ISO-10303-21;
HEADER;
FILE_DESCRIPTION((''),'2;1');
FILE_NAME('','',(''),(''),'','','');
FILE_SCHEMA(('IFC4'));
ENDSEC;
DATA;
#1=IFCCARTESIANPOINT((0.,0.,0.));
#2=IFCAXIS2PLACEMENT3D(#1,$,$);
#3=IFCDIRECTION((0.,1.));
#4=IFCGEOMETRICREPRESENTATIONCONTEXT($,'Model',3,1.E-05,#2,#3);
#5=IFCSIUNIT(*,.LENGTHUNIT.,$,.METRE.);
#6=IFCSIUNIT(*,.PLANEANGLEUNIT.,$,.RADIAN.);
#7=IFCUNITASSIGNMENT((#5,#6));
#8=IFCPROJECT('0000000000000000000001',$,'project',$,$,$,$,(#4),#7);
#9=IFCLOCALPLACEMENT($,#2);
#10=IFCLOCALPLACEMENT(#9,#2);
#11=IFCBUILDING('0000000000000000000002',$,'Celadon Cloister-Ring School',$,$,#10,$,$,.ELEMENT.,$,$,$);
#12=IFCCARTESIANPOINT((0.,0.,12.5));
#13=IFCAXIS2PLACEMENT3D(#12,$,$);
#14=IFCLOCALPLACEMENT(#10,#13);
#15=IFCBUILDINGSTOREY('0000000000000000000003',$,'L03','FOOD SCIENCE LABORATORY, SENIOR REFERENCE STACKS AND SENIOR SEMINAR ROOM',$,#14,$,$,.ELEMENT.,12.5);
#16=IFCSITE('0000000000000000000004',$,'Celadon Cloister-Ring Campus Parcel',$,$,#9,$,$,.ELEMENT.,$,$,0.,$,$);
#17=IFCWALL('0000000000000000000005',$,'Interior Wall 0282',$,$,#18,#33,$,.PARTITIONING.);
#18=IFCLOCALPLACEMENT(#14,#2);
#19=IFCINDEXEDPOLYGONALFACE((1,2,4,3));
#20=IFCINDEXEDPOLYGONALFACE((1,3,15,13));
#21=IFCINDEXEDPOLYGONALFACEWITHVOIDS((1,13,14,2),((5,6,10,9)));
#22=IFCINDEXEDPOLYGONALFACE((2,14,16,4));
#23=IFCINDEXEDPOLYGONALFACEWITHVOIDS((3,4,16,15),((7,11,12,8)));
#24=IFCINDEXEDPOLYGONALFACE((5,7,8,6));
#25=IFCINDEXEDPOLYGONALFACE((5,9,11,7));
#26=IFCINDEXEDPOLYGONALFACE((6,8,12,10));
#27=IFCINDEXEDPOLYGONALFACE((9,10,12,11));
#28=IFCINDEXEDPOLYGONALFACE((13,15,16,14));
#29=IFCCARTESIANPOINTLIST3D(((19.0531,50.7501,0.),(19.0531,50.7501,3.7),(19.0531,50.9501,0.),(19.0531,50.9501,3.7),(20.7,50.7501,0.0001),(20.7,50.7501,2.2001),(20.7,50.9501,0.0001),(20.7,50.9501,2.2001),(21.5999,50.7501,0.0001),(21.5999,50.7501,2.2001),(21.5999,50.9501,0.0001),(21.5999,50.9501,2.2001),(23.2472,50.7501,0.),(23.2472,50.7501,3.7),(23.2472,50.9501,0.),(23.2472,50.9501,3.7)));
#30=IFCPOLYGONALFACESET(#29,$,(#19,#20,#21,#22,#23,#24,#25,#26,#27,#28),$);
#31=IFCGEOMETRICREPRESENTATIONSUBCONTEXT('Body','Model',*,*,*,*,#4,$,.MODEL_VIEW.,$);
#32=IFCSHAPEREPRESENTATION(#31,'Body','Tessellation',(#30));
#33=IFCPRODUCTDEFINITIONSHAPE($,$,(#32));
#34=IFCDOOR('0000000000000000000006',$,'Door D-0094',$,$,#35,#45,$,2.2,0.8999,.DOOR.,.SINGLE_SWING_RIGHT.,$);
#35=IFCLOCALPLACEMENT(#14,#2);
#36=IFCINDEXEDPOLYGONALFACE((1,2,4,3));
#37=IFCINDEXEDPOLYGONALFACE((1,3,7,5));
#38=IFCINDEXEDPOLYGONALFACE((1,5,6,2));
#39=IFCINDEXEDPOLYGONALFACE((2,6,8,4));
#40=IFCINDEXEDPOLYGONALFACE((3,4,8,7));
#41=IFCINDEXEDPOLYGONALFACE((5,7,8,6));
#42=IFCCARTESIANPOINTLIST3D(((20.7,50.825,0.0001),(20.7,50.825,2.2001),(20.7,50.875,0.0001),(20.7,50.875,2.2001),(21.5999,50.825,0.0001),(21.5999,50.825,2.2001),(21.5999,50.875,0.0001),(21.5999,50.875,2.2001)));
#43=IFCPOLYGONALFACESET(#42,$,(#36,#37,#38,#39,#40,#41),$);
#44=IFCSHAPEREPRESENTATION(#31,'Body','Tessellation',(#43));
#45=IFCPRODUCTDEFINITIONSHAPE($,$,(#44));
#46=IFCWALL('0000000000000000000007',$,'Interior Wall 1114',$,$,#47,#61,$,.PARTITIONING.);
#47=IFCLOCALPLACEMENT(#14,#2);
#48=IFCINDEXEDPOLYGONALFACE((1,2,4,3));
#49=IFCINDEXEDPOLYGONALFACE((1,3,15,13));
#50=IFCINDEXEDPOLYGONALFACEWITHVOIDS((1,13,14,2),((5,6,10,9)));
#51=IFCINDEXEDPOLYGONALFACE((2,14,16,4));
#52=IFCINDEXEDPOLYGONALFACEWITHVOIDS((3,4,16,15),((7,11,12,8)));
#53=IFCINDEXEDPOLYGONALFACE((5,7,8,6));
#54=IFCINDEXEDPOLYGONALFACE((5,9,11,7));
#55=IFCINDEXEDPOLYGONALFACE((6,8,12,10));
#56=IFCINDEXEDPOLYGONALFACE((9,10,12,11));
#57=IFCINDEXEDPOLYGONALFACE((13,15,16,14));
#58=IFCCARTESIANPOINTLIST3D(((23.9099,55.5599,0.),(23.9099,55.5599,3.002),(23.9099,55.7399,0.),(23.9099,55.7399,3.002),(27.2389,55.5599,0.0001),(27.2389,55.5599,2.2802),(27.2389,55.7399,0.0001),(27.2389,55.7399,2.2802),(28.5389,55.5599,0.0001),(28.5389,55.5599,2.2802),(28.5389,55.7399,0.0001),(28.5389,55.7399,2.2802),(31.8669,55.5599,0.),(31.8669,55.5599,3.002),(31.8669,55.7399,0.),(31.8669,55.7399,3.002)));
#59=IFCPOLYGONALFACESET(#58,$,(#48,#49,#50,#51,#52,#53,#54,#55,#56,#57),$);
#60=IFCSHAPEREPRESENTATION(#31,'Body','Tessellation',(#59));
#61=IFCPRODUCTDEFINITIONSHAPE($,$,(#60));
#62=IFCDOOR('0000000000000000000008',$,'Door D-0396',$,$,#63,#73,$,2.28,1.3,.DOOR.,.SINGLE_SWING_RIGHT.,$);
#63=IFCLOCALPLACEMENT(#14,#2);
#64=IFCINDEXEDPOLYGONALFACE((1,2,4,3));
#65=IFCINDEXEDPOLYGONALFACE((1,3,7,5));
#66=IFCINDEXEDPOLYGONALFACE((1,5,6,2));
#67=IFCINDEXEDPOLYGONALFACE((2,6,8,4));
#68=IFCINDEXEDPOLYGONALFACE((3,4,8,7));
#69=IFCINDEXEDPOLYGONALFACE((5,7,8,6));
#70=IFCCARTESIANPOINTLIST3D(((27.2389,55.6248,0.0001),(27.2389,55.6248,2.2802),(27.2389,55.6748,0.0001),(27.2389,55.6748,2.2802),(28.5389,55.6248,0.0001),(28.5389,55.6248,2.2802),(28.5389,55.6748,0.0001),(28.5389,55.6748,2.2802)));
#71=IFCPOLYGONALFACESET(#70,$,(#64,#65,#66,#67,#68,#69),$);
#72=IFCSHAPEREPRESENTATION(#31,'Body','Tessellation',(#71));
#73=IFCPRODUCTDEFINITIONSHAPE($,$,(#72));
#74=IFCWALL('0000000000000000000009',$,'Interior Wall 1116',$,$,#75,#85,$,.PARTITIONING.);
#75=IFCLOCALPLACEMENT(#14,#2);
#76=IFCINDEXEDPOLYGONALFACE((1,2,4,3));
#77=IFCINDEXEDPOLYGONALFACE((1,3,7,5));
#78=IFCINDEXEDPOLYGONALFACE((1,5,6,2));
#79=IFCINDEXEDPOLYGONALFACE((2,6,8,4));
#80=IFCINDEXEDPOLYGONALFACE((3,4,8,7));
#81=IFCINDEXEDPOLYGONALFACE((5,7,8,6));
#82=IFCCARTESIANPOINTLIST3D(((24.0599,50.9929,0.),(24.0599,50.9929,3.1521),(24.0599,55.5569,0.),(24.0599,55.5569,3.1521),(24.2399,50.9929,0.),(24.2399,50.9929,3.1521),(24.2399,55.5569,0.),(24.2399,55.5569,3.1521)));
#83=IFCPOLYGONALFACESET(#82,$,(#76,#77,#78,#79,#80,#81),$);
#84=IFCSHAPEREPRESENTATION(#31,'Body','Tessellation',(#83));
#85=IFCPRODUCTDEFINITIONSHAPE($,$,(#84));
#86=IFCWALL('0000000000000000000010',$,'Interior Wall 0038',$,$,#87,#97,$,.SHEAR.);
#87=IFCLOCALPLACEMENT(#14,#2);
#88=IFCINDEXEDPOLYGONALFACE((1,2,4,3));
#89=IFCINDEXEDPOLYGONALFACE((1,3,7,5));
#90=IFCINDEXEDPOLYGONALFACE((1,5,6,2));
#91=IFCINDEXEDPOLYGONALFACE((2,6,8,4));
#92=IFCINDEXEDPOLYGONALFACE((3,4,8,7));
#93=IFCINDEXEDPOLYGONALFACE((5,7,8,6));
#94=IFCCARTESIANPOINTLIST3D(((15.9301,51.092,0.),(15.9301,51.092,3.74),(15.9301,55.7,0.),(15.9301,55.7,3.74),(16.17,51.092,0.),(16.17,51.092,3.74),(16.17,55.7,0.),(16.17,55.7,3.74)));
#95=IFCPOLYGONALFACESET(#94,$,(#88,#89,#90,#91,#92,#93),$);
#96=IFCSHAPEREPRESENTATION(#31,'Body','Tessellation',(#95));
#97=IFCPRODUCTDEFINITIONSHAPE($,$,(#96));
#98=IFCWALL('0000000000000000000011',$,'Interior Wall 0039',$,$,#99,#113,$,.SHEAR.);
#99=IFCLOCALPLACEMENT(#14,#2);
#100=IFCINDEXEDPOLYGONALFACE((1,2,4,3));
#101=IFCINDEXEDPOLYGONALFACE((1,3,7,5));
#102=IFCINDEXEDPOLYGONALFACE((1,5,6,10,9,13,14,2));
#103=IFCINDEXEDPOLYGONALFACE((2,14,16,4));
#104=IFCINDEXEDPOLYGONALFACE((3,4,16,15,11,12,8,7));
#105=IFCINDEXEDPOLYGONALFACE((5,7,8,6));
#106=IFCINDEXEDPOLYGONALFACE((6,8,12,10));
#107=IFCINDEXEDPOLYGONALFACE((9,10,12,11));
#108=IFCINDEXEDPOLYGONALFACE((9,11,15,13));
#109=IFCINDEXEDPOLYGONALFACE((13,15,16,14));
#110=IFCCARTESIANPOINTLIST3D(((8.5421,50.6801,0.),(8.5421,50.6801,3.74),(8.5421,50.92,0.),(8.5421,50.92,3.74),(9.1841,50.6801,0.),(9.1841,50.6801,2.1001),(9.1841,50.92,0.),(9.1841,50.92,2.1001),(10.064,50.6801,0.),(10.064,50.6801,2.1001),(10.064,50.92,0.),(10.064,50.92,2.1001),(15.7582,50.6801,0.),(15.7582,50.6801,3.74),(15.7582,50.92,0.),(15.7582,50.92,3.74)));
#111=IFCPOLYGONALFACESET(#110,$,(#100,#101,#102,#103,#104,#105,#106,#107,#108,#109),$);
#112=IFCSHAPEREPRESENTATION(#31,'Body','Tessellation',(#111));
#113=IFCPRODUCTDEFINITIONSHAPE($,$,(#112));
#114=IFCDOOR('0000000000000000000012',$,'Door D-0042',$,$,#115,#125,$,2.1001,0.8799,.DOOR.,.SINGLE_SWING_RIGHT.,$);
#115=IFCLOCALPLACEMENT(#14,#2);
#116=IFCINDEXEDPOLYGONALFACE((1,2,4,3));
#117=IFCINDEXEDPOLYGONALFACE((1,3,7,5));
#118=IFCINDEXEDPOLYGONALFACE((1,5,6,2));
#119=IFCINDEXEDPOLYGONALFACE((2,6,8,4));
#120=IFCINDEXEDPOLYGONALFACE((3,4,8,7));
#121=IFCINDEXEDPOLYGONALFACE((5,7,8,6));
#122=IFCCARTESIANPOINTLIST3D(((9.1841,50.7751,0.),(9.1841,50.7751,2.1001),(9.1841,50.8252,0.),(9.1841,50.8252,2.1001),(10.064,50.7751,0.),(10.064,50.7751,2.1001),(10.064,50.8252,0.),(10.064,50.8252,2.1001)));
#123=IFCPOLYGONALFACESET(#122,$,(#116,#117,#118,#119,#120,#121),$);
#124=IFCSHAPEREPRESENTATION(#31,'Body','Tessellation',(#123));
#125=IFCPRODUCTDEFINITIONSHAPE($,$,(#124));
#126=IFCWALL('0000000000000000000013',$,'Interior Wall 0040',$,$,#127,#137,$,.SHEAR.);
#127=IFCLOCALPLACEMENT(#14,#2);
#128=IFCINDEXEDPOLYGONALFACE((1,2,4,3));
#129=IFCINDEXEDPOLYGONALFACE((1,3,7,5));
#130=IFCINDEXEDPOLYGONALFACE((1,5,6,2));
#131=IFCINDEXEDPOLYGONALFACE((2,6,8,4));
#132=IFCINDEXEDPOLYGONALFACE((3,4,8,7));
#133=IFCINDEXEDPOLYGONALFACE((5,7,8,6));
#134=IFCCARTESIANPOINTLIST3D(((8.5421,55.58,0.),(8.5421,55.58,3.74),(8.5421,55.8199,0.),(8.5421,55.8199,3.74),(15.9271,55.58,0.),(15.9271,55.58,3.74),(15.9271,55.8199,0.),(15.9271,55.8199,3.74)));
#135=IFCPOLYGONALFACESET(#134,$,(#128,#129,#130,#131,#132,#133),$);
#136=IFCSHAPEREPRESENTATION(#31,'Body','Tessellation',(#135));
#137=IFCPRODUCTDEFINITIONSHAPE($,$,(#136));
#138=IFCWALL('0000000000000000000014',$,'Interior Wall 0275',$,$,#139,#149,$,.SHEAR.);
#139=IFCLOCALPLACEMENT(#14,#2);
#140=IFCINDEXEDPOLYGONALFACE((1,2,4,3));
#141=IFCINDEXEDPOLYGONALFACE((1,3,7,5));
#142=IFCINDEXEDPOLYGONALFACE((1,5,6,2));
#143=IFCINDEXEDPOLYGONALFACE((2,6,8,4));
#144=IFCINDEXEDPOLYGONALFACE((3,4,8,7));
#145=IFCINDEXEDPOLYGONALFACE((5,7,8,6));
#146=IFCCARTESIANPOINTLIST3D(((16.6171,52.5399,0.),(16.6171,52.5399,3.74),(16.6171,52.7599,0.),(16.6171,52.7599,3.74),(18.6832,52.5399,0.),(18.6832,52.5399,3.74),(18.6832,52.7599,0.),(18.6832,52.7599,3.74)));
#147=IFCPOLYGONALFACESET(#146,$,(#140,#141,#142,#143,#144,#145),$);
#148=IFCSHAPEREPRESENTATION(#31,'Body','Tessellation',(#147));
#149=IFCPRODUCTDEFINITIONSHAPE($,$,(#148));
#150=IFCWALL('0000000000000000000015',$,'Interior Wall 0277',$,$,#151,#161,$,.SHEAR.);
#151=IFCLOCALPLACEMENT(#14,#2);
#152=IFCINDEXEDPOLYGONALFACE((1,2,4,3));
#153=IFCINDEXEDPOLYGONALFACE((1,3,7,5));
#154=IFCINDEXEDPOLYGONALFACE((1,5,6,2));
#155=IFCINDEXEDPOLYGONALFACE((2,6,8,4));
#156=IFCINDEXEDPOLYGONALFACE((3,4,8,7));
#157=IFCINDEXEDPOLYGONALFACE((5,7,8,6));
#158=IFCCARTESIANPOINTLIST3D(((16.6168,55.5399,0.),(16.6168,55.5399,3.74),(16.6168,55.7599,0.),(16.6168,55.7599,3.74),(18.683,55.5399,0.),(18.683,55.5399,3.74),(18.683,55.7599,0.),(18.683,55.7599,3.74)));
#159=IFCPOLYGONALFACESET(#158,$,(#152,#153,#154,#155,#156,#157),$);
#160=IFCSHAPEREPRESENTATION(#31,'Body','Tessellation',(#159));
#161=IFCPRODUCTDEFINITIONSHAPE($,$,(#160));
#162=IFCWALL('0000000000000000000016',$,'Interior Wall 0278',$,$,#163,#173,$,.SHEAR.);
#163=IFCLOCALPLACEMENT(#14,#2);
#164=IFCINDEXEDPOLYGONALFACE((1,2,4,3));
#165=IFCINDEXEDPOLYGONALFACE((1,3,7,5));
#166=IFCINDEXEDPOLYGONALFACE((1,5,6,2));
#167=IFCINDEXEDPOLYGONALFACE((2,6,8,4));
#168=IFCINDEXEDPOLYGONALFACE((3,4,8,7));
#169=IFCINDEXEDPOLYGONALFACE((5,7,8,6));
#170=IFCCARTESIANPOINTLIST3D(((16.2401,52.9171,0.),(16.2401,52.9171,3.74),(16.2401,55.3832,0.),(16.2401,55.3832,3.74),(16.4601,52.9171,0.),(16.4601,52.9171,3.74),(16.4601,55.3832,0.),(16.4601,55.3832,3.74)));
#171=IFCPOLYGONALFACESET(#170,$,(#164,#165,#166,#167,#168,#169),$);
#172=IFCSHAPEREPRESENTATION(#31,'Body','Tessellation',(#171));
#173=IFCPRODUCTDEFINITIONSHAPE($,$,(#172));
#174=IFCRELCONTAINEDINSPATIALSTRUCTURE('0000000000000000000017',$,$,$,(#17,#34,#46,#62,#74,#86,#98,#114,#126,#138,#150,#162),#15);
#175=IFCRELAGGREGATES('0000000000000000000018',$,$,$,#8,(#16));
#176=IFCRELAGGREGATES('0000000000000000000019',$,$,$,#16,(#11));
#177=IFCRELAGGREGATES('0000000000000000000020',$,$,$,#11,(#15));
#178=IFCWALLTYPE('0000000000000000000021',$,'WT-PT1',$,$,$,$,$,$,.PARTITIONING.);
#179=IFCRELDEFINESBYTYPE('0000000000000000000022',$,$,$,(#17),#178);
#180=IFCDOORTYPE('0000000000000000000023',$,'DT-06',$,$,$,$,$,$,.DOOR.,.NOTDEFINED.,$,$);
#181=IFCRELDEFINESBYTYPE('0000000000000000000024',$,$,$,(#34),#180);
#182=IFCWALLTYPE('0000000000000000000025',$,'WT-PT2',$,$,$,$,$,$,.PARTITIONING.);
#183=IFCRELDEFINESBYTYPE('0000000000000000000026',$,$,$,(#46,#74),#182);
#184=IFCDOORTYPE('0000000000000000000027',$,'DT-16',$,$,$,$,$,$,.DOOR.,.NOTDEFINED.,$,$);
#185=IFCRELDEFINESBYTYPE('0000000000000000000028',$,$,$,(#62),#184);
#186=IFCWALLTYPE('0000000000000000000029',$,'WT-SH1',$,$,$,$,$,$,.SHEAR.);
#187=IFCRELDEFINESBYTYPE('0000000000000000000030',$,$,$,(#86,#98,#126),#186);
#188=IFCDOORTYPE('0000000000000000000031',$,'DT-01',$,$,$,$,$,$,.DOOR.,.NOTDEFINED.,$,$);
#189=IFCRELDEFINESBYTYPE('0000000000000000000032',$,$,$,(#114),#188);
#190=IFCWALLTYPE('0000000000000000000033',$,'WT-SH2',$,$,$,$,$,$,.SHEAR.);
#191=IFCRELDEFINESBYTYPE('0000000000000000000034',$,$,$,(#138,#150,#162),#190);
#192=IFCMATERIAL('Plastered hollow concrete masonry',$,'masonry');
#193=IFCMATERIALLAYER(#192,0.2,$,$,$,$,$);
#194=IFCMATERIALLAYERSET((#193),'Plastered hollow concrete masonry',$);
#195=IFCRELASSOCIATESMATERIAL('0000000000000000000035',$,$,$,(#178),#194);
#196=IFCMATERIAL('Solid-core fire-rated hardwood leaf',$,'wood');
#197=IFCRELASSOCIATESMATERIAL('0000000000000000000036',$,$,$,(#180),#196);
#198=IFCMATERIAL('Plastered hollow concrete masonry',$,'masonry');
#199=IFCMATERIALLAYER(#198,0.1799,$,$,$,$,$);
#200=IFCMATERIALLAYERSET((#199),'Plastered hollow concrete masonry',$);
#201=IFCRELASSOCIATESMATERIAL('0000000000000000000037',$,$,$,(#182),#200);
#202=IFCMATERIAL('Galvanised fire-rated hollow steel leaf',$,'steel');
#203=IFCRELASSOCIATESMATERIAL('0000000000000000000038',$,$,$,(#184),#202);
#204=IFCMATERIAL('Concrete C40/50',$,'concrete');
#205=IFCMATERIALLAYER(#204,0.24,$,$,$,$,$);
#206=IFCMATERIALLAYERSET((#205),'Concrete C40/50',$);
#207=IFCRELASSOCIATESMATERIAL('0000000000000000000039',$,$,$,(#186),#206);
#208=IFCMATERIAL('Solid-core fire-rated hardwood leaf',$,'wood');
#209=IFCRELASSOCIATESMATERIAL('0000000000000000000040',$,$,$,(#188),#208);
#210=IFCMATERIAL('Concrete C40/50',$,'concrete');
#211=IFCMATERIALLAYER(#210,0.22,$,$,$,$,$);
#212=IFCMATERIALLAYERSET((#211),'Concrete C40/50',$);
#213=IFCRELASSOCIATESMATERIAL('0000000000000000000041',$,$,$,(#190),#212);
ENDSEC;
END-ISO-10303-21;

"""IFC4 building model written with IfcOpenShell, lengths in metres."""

from ifc_helpers import new_model, si_unit, direction, frame, frame_2d, origin, place, context, subcontext, project, spatial, rectangle, extrude, material, layer, layer_set, type_object, element, fill, save


model = new_model("IFC4")

# Units and contexts
model_context = context("Model", 3, precision=1e-05, world=origin(), true_north=direction((0.0, 1.0)))
body_context = subcontext(model_context, "Body", "Model", "MODEL_VIEW")
ifc_project = project(units=[si_unit("LENGTHUNIT", "METRE"), si_unit("PLANEANGLEUNIT", "RADIAN")], contexts=[model_context])

# Site, building, storey
site_placement = place(None, origin())
site = spatial("IfcSite", under=ifc_project, at=site_placement, Name="Celadon Cloister-Ring Campus Parcel", CompositionType="ELEMENT", RefElevation=0.0)
building_placement = place(site_placement, origin())
building = spatial("IfcBuilding", under=site, at=building_placement, Name="Celadon Cloister-Ring School", CompositionType="ELEMENT")
storey_placement = place(building_placement, frame((0.0, 0.0, 12.5)))
storey = spatial("IfcBuildingStorey", under=building, at=storey_placement, Name="L03", Description="FOOD SCIENCE LABORATORY, SENIOR REFERENCE STACKS AND SENIOR SEMINAR ROOM", CompositionType="ELEMENT", Elevation=12.5)

# Shared definitions
ifc_material_1 = material(Name="Plastered hollow concrete masonry", Category="masonry")
ifc_layer_1 = layer(ifc_material_1, 0.2)
ifc_layer_set_1 = layer_set([ifc_layer_1], Name="Plastered hollow concrete masonry")
wall_type_1 = type_object("IfcWallType", Name="WT-PT1", PredefinedType="PARTITIONING", material=ifc_layer_set_1)

# Walls, openings, doors
wall_1_placement = place(storey_placement, frame((19.053, 50.8501, 0.0), z_axis=(0.0, 0.0, 1.0), x_axis=(1.0, 0.0, 0.0)))
wall_1 = element("IfcWall", 1, at=wall_1_placement, inside=storey, type_object=wall_type_1, Name="Interior Wall 0282", PredefinedType="PARTITIONING", context=body_context, shape_type="SweptSolid", body=[
    extrude(rectangle(XDim=4.1941, YDim=0.2, at=frame_2d((2.0972, 0.0))), origin(), (0.0, 0.0, 1.0), 3.7),
])
opening_1_placement = place(wall_1_placement, frame((1.647, 0.0, 0.0)))
opening_1 = element("IfcOpeningElement", 2, at=opening_1_placement, cuts=wall_1, PredefinedType="OPENING", context=body_context, shape_type="SweptSolid", body=[
    extrude(rectangle(XDim=0.8999, YDim=2.2, at=frame_2d((0.45, 1.1001))), frame((0.0, 0.1099, 0.0), z_axis=(0.0, -1.0, 0.0), x_axis=(1.0, 0.0, 0.0)), (0.0, 0.0, 1.0), 0.22),
])
ifc_material_2 = material(Name="Solid-core fire-rated hardwood leaf", Category="wood")
door_type_1 = type_object("IfcDoorType", Name="DT-06", OperationType="NOTDEFINED", PredefinedType="DOOR", material=ifc_material_2)
door_1_placement = place(opening_1_placement, origin())
door_1 = element("IfcDoor", 3, at=door_1_placement, inside=storey, type_object=door_type_1, Name="Door D-0094", OperationType="SINGLE_SWING_RIGHT", OverallHeight=2.2, OverallWidth=0.8999, PredefinedType="DOOR", context=body_context, shape_type="SweptSolid", body=[
    extrude(rectangle(XDim=0.8999, YDim=2.2, at=frame_2d((0.45, 1.1001))), frame((0.0, 0.0249, 0.0), z_axis=(0.0, -1.0, 0.0), x_axis=(1.0, 0.0, 0.0)), (0.0, 0.0, 1.0), 0.05),
])
fill(opening_1, door_1)
ifc_material_3 = material(Name="Plastered hollow concrete masonry", Category="masonry")
ifc_layer_2 = layer(ifc_material_3, 0.1799)
ifc_layer_set_2 = layer_set([ifc_layer_2], Name="Plastered hollow concrete masonry")
wall_type_2 = type_object("IfcWallType", Name="WT-PT2", PredefinedType="PARTITIONING", material=ifc_layer_set_2)
wall_2_placement = place(storey_placement, frame((23.9099, 55.6499, 0.0), z_axis=(0.0, 0.0, 1.0), x_axis=(1.0, 0.0, 0.0)))
wall_2 = element("IfcWall", 4, at=wall_2_placement, inside=storey, type_object=wall_type_2, Name="Interior Wall 1114", PredefinedType="PARTITIONING", context=body_context, shape_type="SweptSolid", body=[
    extrude(rectangle(XDim=7.957, YDim=0.1799, at=frame_2d((3.9785, 0.0))), origin(), (0.0, 0.0, 1.0), 3.002),
])
opening_2_placement = place(wall_2_placement, frame((3.3291, 0.0, 0.0)))
opening_2 = element("IfcOpeningElement", 5, at=opening_2_placement, cuts=wall_2, PredefinedType="OPENING", context=body_context, shape_type="SweptSolid", body=[
    extrude(rectangle(XDim=1.3, YDim=2.28, at=frame_2d((0.6499, 1.1401))), frame((0.0, 0.1001, 0.0), z_axis=(0.0, -1.0, 0.0), x_axis=(1.0, 0.0, 0.0)), (0.0, 0.0, 1.0), 0.2),
])
ifc_material_4 = material(Name="Galvanised fire-rated hollow steel leaf", Category="steel")
door_type_2 = type_object("IfcDoorType", Name="DT-16", OperationType="NOTDEFINED", PredefinedType="DOOR", material=ifc_material_4)
door_2_placement = place(opening_2_placement, origin())
door_2 = element("IfcDoor", 6, at=door_2_placement, inside=storey, type_object=door_type_2, Name="Door D-0396", OperationType="SINGLE_SWING_RIGHT", OverallHeight=2.28, OverallWidth=1.3, PredefinedType="DOOR", context=body_context, shape_type="SweptSolid", body=[
    extrude(rectangle(XDim=1.3, YDim=2.28, at=frame_2d((0.6499, 1.1401))), frame((0.0, 0.0249, 0.0), z_axis=(0.0, -1.0, 0.0), x_axis=(1.0, 0.0, 0.0)), (0.0, 0.0, 1.0), 0.05),
])
fill(opening_2, door_2)

# Walls
wall_3_placement = place(storey_placement, frame((24.1499, 50.9929, 0.0), z_axis=(0.0, 0.0, 1.0), x_axis=(0.0, 1.0, 0.0)))
element("IfcWall", 7, at=wall_3_placement, inside=storey, type_object=wall_type_2, Name="Interior Wall 1116", PredefinedType="PARTITIONING", context=body_context, shape_type="SweptSolid", body=[
    extrude(rectangle(XDim=4.564, YDim=0.1799, at=frame_2d((2.282, 0.0))), origin(), (0.0, 0.0, 1.0), 3.1521),
])
ifc_material_5 = material(Name="Concrete C40/50", Category="concrete")
ifc_layer_3 = layer(ifc_material_5, 0.24)
ifc_layer_set_3 = layer_set([ifc_layer_3], Name="Concrete C40/50")
wall_type_3 = type_object("IfcWallType", Name="WT-SH1", PredefinedType="SHEAR", material=ifc_layer_set_3)
wall_4_placement = place(storey_placement, frame((16.05, 55.7, 0.0), z_axis=(0.0, 0.0, 1.0), x_axis=(0.0, -1.0, 0.0)))
element("IfcWall", 8, at=wall_4_placement, inside=storey, type_object=wall_type_3, Name="Interior Wall 0038", PredefinedType="SHEAR", context=body_context, shape_type="SweptSolid", body=[
    extrude(rectangle(XDim=4.6079, YDim=0.24, at=frame_2d((2.304, 0.0))), origin(), (0.0, 0.0, 1.0), 3.74),
])

# Wall, opening, door
wall_5_placement = place(storey_placement, frame((15.7581, 50.8, 0.0), z_axis=(0.0, 0.0, 1.0), x_axis=(-1.0, 0.0, 0.0)))
wall_5 = element("IfcWall", 9, at=wall_5_placement, inside=storey, type_object=wall_type_3, Name="Interior Wall 0039", PredefinedType="SHEAR", context=body_context, shape_type="SweptSolid", body=[
    extrude(rectangle(XDim=7.2161, YDim=0.24, at=frame_2d((3.6079, 0.0))), origin(), (0.0, 0.0, 1.0), 3.74),
])
opening_3_placement = place(wall_5_placement, frame((5.6941, 0.0, 0.0)))
opening_3 = element("IfcOpeningElement", 10, at=opening_3_placement, cuts=wall_5, PredefinedType="OPENING", context=body_context, shape_type="SweptSolid", body=[
    extrude(rectangle(XDim=0.8799, YDim=2.1001, at=frame_2d((0.4399, 1.05))), frame((0.0, 0.1299, 0.0), z_axis=(0.0, -1.0, 0.0), x_axis=(1.0, 0.0, 0.0)), (0.0, 0.0, 1.0), 0.26),
])
ifc_material_6 = material(Name="Solid-core fire-rated hardwood leaf", Category="wood")
door_type_3 = type_object("IfcDoorType", Name="DT-01", OperationType="NOTDEFINED", PredefinedType="DOOR", material=ifc_material_6)
door_3_placement = place(opening_3_placement, origin())
door_3 = element("IfcDoor", 11, at=door_3_placement, inside=storey, type_object=door_type_3, Name="Door D-0042", OperationType="SINGLE_SWING_RIGHT", OverallHeight=2.1001, OverallWidth=0.8799, PredefinedType="DOOR", context=body_context, shape_type="SweptSolid", body=[
    extrude(rectangle(XDim=0.8799, YDim=2.1001, at=frame_2d((0.4399, 1.05))), frame((0.0, 0.0249, 0.0), z_axis=(0.0, -1.0, 0.0), x_axis=(1.0, 0.0, 0.0)), (0.0, 0.0, 1.0), 0.05),
])
fill(opening_3, door_3)

# Walls
wall_6_placement = place(storey_placement, frame((15.927, 55.7, 0.0), z_axis=(0.0, 0.0, 1.0), x_axis=(-1.0, 0.0, 0.0)))
element("IfcWall", 12, at=wall_6_placement, inside=storey, type_object=wall_type_3, Name="Interior Wall 0040", PredefinedType="SHEAR", context=body_context, shape_type="SweptSolid", body=[
    extrude(rectangle(XDim=7.385, YDim=0.24, at=frame_2d((3.6924, 0.0))), origin(), (0.0, 0.0, 1.0), 3.74),
])
ifc_material_7 = material(Name="Concrete C40/50", Category="concrete")
ifc_layer_4 = layer(ifc_material_7, 0.22)
ifc_layer_set_4 = layer_set([ifc_layer_4], Name="Concrete C40/50")
wall_type_4 = type_object("IfcWallType", Name="WT-SH2", PredefinedType="SHEAR", material=ifc_layer_set_4)
wall_7_placement = place(storey_placement, frame((16.6169, 52.6499, 0.0), z_axis=(0.0, 0.0, 1.0), x_axis=(1.0, 0.0, 0.0)))
element("IfcWall", 13, at=wall_7_placement, inside=storey, type_object=wall_type_4, Name="Interior Wall 0275", PredefinedType="SHEAR", context=body_context, shape_type="SweptSolid", body=[
    extrude(rectangle(XDim=2.0662, YDim=0.22, at=frame_2d((1.0332, 0.0))), origin(), (0.0, 0.0, 1.0), 3.74),
])

# Walls
wall_8_placement = place(storey_placement, frame((18.6831, 55.6499, 0.0), z_axis=(0.0, 0.0, 1.0), x_axis=(-1.0, 0.0, 0.0)))
element("IfcWall", 14, at=wall_8_placement, inside=storey, type_object=wall_type_4, Name="Interior Wall 0277", PredefinedType="SHEAR", context=body_context, shape_type="SweptSolid", body=[
    extrude(rectangle(XDim=2.0662, YDim=0.22, at=frame_2d((1.0332, 0.0))), origin(), (0.0, 0.0, 1.0), 3.74),
])
wall_9_placement = place(storey_placement, frame((16.3501, 55.3831, 0.0), z_axis=(0.0, 0.0, 1.0), x_axis=(0.0, -1.0, 0.0)))
element("IfcWall", 15, at=wall_9_placement, inside=storey, type_object=wall_type_4, Name="Interior Wall 0278", PredefinedType="SHEAR", context=body_context, shape_type="SweptSolid", body=[
    extrude(rectangle(XDim=2.4661, YDim=0.22, at=frame_2d((1.2329, 0.0))), origin(), (0.0, 0.0, 1.0), 3.74),
])

save(model, "model.ifc")
